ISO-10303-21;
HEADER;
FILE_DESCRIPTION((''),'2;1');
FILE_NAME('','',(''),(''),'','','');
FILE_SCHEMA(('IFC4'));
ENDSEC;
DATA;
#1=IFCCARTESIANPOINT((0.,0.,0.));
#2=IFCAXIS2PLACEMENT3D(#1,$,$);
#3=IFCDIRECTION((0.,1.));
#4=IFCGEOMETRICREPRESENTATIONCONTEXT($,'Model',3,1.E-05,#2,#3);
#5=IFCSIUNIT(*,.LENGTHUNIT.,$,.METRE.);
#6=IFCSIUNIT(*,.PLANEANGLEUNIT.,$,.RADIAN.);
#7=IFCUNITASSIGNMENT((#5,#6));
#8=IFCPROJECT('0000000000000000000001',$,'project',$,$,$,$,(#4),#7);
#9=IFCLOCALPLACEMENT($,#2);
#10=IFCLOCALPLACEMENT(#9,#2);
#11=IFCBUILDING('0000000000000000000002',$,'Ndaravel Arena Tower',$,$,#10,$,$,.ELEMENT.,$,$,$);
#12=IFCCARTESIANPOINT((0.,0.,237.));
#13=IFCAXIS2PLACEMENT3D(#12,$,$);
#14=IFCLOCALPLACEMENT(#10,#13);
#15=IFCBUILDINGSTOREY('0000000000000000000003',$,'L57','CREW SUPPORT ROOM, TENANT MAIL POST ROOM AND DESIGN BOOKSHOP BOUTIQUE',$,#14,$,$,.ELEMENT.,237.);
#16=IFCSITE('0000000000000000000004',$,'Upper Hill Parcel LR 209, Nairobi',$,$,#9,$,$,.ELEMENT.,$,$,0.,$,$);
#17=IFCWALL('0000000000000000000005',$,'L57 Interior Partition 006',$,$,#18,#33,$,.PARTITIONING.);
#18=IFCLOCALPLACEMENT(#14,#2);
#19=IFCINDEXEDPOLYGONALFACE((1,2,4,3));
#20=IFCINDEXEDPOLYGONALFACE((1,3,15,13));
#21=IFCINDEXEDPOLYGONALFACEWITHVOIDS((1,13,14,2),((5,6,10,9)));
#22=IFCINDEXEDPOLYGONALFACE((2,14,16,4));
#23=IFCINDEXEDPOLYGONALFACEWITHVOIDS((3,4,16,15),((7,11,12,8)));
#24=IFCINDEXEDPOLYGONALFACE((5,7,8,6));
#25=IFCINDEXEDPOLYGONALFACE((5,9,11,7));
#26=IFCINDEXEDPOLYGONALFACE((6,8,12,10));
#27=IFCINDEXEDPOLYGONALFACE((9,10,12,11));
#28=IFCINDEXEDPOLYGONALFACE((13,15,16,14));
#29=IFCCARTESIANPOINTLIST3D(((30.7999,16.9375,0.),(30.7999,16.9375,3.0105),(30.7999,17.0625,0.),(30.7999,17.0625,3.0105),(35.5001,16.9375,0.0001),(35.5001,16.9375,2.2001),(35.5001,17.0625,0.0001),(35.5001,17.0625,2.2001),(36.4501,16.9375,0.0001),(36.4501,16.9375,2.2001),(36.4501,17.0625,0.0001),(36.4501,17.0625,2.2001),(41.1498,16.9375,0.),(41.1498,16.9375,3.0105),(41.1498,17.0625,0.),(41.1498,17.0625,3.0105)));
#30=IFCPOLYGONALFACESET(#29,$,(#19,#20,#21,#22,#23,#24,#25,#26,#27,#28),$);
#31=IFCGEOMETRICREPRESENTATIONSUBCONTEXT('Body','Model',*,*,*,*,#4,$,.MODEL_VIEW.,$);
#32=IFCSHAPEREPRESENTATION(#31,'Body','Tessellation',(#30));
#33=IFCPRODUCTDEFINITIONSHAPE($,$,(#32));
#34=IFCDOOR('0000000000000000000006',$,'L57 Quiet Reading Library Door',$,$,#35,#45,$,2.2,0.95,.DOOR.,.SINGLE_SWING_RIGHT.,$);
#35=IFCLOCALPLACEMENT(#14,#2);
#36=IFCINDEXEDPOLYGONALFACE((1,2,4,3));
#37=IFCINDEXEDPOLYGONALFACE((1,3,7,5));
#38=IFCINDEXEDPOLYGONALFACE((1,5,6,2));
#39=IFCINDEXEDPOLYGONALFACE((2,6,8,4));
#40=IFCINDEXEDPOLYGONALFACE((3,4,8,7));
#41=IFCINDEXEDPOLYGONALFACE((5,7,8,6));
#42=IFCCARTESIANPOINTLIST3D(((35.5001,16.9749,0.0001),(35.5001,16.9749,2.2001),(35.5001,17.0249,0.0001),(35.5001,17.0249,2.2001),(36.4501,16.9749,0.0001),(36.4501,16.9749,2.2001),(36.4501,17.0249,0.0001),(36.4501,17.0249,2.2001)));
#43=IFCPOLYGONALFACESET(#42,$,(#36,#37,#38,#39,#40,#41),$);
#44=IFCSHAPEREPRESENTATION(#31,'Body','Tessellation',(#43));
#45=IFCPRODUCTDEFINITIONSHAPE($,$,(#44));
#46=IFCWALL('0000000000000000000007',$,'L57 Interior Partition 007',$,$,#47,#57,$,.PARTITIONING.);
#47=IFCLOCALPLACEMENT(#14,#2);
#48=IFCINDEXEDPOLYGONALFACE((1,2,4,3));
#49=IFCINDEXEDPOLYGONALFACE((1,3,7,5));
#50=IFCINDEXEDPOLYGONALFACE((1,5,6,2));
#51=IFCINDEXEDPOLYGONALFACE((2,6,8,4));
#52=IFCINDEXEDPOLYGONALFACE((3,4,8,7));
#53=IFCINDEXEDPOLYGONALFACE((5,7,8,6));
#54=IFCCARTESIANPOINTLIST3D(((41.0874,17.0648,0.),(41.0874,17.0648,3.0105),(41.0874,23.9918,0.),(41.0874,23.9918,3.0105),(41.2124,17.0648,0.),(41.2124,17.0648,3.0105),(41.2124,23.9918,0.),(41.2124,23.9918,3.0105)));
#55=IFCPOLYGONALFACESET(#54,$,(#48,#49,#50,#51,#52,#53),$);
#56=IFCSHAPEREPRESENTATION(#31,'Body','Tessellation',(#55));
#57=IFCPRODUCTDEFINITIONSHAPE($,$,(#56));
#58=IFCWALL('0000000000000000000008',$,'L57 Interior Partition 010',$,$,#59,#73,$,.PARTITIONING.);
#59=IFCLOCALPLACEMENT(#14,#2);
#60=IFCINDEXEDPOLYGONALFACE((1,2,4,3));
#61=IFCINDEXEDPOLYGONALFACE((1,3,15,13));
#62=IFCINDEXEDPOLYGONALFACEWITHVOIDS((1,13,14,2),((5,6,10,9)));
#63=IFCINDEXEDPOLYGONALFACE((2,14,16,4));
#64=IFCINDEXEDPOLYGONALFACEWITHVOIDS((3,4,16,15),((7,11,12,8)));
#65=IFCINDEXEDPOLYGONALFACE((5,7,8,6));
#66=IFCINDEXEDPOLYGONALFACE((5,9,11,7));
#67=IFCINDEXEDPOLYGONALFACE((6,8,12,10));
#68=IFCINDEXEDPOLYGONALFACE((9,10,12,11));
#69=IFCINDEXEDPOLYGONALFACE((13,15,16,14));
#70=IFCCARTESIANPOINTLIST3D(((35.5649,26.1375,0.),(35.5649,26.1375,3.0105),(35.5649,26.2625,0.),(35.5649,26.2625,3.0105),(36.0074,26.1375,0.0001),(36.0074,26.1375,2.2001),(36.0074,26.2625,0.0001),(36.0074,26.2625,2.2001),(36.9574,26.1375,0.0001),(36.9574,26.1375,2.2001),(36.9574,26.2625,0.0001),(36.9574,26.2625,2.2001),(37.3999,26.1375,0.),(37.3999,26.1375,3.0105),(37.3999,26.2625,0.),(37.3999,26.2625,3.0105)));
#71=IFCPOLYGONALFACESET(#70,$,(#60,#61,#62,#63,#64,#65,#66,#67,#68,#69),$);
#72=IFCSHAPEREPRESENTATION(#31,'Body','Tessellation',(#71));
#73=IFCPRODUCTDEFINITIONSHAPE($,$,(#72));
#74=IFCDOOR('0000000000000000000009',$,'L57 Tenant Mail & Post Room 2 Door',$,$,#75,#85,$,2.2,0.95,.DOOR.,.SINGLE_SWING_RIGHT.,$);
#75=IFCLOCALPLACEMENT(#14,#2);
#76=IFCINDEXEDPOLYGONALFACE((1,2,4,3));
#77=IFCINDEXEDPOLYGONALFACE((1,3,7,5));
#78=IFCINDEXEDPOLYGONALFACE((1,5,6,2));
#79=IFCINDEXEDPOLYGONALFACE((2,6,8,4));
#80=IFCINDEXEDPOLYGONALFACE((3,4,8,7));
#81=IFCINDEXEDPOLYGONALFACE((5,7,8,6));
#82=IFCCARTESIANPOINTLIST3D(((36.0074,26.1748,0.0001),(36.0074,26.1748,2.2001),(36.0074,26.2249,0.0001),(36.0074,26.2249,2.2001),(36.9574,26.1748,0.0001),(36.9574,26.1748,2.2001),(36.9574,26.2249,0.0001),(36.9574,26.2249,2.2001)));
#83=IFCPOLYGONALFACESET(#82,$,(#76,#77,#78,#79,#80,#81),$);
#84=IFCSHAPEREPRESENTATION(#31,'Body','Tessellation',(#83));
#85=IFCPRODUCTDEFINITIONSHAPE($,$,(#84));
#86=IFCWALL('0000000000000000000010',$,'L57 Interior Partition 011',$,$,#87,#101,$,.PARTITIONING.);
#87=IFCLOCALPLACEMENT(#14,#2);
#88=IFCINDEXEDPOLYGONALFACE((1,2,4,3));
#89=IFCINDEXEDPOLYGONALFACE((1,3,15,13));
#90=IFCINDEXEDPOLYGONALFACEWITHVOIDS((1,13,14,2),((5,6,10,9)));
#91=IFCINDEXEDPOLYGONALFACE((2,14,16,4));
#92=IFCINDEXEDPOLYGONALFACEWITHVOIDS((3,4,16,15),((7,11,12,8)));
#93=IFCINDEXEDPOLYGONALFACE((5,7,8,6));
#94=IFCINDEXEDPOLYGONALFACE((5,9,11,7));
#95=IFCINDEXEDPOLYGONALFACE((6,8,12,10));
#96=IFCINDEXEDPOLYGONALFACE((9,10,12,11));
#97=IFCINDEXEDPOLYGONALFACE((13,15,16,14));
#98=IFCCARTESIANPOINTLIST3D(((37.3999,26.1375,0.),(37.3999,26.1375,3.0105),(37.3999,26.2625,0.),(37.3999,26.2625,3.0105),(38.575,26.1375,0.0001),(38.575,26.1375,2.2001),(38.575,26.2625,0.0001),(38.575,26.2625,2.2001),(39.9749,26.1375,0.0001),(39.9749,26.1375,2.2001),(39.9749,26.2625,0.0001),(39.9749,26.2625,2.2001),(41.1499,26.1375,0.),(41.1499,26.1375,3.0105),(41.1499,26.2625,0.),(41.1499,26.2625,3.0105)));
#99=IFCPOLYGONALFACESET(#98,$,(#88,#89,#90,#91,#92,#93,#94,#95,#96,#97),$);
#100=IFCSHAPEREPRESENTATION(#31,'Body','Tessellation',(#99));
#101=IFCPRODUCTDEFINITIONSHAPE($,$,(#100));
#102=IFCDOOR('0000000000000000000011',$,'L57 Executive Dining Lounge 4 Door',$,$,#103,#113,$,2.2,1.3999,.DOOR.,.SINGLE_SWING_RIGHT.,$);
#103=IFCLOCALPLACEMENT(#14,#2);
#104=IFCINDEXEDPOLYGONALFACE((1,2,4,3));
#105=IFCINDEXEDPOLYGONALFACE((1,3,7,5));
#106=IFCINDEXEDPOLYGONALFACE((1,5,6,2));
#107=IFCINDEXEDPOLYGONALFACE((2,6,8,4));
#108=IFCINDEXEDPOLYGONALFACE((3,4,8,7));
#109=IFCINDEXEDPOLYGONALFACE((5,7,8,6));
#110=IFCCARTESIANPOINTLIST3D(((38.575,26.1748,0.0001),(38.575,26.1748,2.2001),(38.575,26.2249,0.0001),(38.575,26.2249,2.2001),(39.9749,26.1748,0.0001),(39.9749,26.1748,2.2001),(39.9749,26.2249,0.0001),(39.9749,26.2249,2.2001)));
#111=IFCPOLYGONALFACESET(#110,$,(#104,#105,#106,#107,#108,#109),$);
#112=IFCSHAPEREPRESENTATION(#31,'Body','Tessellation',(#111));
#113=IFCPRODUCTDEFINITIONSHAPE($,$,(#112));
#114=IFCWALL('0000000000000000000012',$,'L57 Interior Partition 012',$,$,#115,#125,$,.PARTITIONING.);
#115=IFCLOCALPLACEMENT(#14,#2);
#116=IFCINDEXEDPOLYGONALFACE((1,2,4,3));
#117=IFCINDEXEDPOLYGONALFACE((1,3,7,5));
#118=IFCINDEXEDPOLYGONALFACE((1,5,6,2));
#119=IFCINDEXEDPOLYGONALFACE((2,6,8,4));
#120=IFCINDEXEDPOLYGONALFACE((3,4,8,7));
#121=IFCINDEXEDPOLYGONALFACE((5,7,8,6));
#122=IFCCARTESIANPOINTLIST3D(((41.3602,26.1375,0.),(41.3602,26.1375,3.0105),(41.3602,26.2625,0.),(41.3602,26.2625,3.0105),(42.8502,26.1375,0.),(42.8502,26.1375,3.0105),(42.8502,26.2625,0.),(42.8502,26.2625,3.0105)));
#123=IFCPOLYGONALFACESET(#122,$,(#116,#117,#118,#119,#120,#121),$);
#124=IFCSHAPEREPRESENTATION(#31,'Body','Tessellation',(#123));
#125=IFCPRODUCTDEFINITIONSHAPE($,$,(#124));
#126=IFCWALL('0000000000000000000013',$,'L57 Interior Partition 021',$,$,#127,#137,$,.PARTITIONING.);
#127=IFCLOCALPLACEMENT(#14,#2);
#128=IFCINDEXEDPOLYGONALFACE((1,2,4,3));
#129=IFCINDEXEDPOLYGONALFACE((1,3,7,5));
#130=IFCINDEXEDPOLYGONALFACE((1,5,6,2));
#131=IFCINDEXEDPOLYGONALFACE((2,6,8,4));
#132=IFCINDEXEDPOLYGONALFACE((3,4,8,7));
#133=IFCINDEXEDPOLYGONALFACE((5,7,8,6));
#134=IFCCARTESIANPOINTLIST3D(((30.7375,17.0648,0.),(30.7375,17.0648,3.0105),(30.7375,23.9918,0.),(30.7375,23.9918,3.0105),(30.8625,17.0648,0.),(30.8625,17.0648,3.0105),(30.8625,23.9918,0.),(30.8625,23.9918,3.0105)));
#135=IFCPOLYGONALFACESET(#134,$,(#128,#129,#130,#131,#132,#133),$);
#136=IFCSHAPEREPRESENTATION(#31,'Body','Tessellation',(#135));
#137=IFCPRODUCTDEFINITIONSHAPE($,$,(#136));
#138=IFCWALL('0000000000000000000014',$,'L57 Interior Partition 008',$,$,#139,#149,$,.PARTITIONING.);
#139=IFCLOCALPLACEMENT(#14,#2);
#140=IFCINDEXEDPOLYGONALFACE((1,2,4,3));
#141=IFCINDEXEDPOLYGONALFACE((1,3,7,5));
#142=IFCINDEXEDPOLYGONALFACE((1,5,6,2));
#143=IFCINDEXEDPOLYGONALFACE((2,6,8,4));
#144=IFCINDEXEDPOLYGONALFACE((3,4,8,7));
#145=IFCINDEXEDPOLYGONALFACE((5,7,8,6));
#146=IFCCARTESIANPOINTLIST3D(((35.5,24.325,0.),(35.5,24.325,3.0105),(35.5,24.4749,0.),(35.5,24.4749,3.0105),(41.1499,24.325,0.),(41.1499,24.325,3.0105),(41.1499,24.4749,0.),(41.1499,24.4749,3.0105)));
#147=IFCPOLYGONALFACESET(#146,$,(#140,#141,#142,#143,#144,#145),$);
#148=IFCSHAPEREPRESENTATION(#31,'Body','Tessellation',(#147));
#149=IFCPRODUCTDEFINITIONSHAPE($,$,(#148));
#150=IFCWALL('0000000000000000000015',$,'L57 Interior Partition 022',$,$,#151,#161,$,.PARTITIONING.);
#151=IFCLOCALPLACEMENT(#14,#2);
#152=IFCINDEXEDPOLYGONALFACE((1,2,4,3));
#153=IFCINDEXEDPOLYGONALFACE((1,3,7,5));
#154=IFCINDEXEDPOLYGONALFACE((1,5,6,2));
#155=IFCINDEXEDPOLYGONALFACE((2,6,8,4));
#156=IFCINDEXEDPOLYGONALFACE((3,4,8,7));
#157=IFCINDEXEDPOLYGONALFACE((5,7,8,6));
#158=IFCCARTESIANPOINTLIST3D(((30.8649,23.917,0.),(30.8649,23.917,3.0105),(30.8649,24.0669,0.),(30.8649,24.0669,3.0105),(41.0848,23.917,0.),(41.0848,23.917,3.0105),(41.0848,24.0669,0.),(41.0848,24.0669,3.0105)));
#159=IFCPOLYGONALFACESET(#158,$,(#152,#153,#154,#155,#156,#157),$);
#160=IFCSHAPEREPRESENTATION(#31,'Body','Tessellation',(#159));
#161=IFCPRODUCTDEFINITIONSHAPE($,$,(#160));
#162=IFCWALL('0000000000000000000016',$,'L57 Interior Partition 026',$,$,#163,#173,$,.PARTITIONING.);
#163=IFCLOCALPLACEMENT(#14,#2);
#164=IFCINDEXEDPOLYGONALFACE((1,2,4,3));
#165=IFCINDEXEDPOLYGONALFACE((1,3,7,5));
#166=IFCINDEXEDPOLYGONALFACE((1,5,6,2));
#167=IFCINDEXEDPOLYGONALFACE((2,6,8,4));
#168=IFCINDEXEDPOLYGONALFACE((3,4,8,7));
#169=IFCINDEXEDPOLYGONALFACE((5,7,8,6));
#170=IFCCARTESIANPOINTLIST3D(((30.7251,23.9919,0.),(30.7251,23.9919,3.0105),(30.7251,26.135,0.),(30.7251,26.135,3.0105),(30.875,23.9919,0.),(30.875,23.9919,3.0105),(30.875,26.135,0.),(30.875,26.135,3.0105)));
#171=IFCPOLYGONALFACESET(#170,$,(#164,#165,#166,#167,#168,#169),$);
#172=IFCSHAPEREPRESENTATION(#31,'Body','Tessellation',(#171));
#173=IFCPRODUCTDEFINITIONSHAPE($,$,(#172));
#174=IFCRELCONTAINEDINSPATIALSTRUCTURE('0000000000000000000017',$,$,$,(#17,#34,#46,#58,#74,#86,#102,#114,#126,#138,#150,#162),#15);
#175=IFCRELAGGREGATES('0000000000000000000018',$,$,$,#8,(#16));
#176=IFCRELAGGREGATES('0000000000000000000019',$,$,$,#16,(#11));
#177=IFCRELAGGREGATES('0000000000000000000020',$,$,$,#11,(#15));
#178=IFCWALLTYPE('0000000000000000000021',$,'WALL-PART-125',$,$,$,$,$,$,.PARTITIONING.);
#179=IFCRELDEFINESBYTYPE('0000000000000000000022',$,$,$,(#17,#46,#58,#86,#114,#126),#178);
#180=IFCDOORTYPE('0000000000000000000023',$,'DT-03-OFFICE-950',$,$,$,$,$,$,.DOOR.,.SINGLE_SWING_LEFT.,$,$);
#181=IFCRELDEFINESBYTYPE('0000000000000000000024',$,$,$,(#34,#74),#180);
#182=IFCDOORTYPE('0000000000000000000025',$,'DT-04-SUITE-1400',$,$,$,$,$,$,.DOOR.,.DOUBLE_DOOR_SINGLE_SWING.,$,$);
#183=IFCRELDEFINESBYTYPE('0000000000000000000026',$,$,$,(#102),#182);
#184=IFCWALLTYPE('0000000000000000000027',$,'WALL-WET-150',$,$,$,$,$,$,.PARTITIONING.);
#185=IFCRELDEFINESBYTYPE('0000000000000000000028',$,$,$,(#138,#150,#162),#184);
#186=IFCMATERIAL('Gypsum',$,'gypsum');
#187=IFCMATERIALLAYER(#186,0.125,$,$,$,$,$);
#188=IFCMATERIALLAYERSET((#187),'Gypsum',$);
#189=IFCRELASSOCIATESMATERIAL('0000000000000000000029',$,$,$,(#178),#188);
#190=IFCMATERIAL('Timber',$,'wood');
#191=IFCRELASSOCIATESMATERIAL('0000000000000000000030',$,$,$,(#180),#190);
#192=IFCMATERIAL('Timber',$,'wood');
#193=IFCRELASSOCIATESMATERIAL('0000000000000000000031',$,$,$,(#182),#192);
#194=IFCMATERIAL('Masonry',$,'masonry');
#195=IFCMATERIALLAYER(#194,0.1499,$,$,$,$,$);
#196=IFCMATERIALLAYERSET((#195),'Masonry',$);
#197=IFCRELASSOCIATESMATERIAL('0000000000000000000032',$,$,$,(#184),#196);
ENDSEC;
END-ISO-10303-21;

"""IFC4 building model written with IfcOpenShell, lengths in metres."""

from ifc_helpers import new_model, si_unit, direction, frame, frame_2d, origin, place, context, subcontext, project, spatial, rectangle, extrude, material, layer, layer_set, type_object, element, fill, save


model = new_model("IFC4")

# Units and contexts
model_context = context("Model", 3, precision=1e-05, world=origin(), true_north=direction((0.0, 1.0)))
body_context = subcontext(model_context, "Body", "Model", "MODEL_VIEW")
ifc_project = project(units=[si_unit("LENGTHUNIT", "METRE"), si_unit("PLANEANGLEUNIT", "RADIAN")], contexts=[model_context])

# Site, building, storey
site_placement = place(None, origin())
site = spatial("IfcSite", under=ifc_project, at=site_placement, Name="Upper Hill Parcel LR 209, Nairobi", CompositionType="ELEMENT", RefElevation=0.0)
building_placement = place(site_placement, origin())
building = spatial("IfcBuilding", under=site, at=building_placement, Name="Ndaravel Arena Tower", CompositionType="ELEMENT")
storey_placement = place(building_placement, frame((0.0, 0.0, 237.0)))
storey = spatial("IfcBuildingStorey", under=building, at=storey_placement, Name="L57", Description="CREW SUPPORT ROOM, TENANT MAIL POST ROOM AND DESIGN BOOKSHOP BOUTIQUE", CompositionType="ELEMENT", Elevation=237.0)

# Wall, opening, door
ifc_material_1 = material(Name="Gypsum", Category="gypsum")
ifc_layer_1 = layer(ifc_material_1, 0.125)
ifc_layer_set_1 = layer_set([ifc_layer_1], Name="Gypsum")
wall_type_1 = type_object("IfcWallType", Name="WALL-PART-125", PredefinedType="PARTITIONING", material=ifc_layer_set_1)
wall_1_placement = place(storey_placement, frame((30.8, 17.0, 0.0), z_axis=(0.0, 0.0, 1.0), x_axis=(1.0, 0.0, 0.0)))
wall_1 = element("IfcWall", 1, at=wall_1_placement, inside=storey, type_object=wall_type_1, Name="L57 Interior Partition 006", PredefinedType="PARTITIONING", context=body_context, shape_type="SweptSolid", body=[
    extrude(rectangle(XDim=10.3499, YDim=0.125, at=frame_2d((5.1748, 0.0))), origin(), (0.0, 0.0, 1.0), 3.0105),
])
opening_1_placement = place(wall_1_placement, frame((4.7, 0.0, 0.0)))
opening_1 = element("IfcOpeningElement", 2, at=opening_1_placement, cuts=wall_1, PredefinedType="OPENING", context=body_context, shape_type="SweptSolid", body=[
    extrude(rectangle(XDim=0.95, YDim=2.2, at=frame_2d((0.4751, 1.1001))), frame((0.0, 0.0625, 0.0), z_axis=(0.0, -1.0, 0.0), x_axis=(1.0, 0.0, 0.0)), (0.0, 0.0, 1.0), 0.125),
])
ifc_material_2 = material(Name="Timber", Category="wood")
door_type_1 = type_object("IfcDoorType", Name="DT-03-OFFICE-950", OperationType="SINGLE_SWING_LEFT", PredefinedType="DOOR", material=ifc_material_2)
door_1_placement = place(opening_1_placement, origin())
door_1 = element("IfcDoor", 3, at=door_1_placement, inside=storey, type_object=door_type_1, Name="L57 Quiet Reading Library Door", OperationType="SINGLE_SWING_RIGHT", OverallHeight=2.2, OverallWidth=0.95, PredefinedType="DOOR", context=body_context, shape_type="SweptSolid", body=[
    extrude(rectangle(XDim=0.95, YDim=2.2, at=frame_2d((0.4751, 1.1001))), frame((0.0, 0.0249, 0.0), z_axis=(0.0, -1.0, 0.0), x_axis=(1.0, 0.0, 0.0)), (0.0, 0.0, 1.0), 0.05),
])
fill(opening_1, door_1)

# Wall
wall_2_placement = place(storey_placement, frame((41.1499, 17.0649, 0.0), z_axis=(0.0, 0.0, 1.0), x_axis=(0.0, 1.0, 0.0)))
element("IfcWall", 4, at=wall_2_placement, inside=storey, type_object=wall_type_1, Name="L57 Interior Partition 007", PredefinedType="PARTITIONING", context=body_context, shape_type="SweptSolid", body=[
    extrude(rectangle(XDim=6.927, YDim=0.125, at=frame_2d((3.4634, 0.0))), origin(), (0.0, 0.0, 1.0), 3.0105),
])

# Walls, openings, doors
wall_3_placement = place(storey_placement, frame((35.5649, 26.2, 0.0), z_axis=(0.0, 0.0, 1.0), x_axis=(1.0, 0.0, 0.0)))
wall_3 = element("IfcWall", 5, at=wall_3_placement, inside=storey, type_object=wall_type_1, Name="L57 Interior Partition 010", PredefinedType="PARTITIONING", context=body_context, shape_type="SweptSolid", body=[
    extrude(rectangle(XDim=1.835, YDim=0.125, at=frame_2d((0.9175, 0.0))), origin(), (0.0, 0.0, 1.0), 3.0105),
])
opening_2_placement = place(wall_3_placement, frame((0.4424, 0.0, 0.0)))
opening_2 = element("IfcOpeningElement", 6, at=opening_2_placement, cuts=wall_3, PredefinedType="OPENING", context=body_context, shape_type="SweptSolid", body=[
    extrude(rectangle(XDim=0.95, YDim=2.2, at=frame_2d((0.4751, 1.1001))), frame((0.0, 0.0625, 0.0), z_axis=(0.0, -1.0, 0.0), x_axis=(1.0, 0.0, 0.0)), (0.0, 0.0, 1.0), 0.125),
])
door_2_placement = place(opening_2_placement, origin())
door_2 = element("IfcDoor", 7, at=door_2_placement, inside=storey, type_object=door_type_1, Name="L57 Tenant Mail & Post Room 2 Door", OperationType="SINGLE_SWING_RIGHT", OverallHeight=2.2, OverallWidth=0.95, PredefinedType="DOOR", context=body_context, shape_type="SweptSolid", body=[
    extrude(rectangle(XDim=0.95, YDim=2.2, at=frame_2d((0.4751, 1.1001))), frame((0.0, 0.0249, 0.0), z_axis=(0.0, -1.0, 0.0), x_axis=(1.0, 0.0, 0.0)), (0.0, 0.0, 1.0), 0.05),
])
fill(opening_2, door_2)
wall_4_placement = place(storey_placement, frame((37.3999, 26.2, 0.0), z_axis=(0.0, 0.0, 1.0), x_axis=(1.0, 0.0, 0.0)))
wall_4 = element("IfcWall", 8, at=wall_4_placement, inside=storey, type_object=wall_type_1, Name="L57 Interior Partition 011", PredefinedType="PARTITIONING", context=body_context, shape_type="SweptSolid", body=[
    extrude(rectangle(XDim=3.75, YDim=0.125, at=frame_2d((1.875, 0.0))), origin(), (0.0, 0.0, 1.0), 3.0105),
])
opening_3_placement = place(wall_4_placement, frame((1.175, 0.0, 0.0)))
opening_3 = element("IfcOpeningElement", 9, at=opening_3_placement, cuts=wall_4, PredefinedType="OPENING", context=body_context, shape_type="SweptSolid", body=[
    extrude(rectangle(XDim=1.3999, YDim=2.2, at=frame_2d((0.7, 1.1001))), frame((0.0, 0.0625, 0.0), z_axis=(0.0, -1.0, 0.0), x_axis=(1.0, 0.0, 0.0)), (0.0, 0.0, 1.0), 0.125),
])
ifc_material_3 = material(Name="Timber", Category="wood")
door_type_2 = type_object("IfcDoorType", Name="DT-04-SUITE-1400", OperationType="DOUBLE_DOOR_SINGLE_SWING", PredefinedType="DOOR", material=ifc_material_3)
door_3_placement = place(opening_3_placement, origin())
door_3 = element("IfcDoor", 10, at=door_3_placement, inside=storey, type_object=door_type_2, Name="L57 Executive Dining Lounge 4 Door", OperationType="SINGLE_SWING_RIGHT", OverallHeight=2.2, OverallWidth=1.3999, PredefinedType="DOOR", context=body_context, shape_type="SweptSolid", body=[
    extrude(rectangle(XDim=1.3999, YDim=2.2, at=frame_2d((0.7, 1.1001))), frame((0.0, 0.0249, 0.0), z_axis=(0.0, -1.0, 0.0), x_axis=(1.0, 0.0, 0.0)), (0.0, 0.0, 1.0), 0.05),
])
fill(opening_3, door_3)

# Walls
wall_5_placement = place(storey_placement, frame((41.3601, 26.2, 0.0), z_axis=(0.0, 0.0, 1.0), x_axis=(1.0, 0.0, 0.0)))
element("IfcWall", 11, at=wall_5_placement, inside=storey, type_object=wall_type_1, Name="L57 Interior Partition 012", PredefinedType="PARTITIONING", context=body_context, shape_type="SweptSolid", body=[
    extrude(rectangle(XDim=1.49, YDim=0.125, at=frame_2d((0.7451, 0.0))), origin(), (0.0, 0.0, 1.0), 3.0105),
])
wall_6_placement = place(storey_placement, frame((30.8, 17.0649, 0.0), z_axis=(0.0, 0.0, 1.0), x_axis=(0.0, 1.0, 0.0)))
element("IfcWall", 12, at=wall_6_placement, inside=storey, type_object=wall_type_1, Name="L57 Interior Partition 021", PredefinedType="PARTITIONING", context=body_context, shape_type="SweptSolid", body=[
    extrude(rectangle(XDim=6.927, YDim=0.125, at=frame_2d((3.4634, 0.0))), origin(), (0.0, 0.0, 1.0), 3.0105),
])
ifc_material_4 = material(Name="Masonry", Category="masonry")
ifc_layer_2 = layer(ifc_material_4, 0.1499)
ifc_layer_set_2 = layer_set([ifc_layer_2], Name="Masonry")
wall_type_2 = type_object("IfcWallType", Name="WALL-WET-150", PredefinedType="PARTITIONING", material=ifc_layer_set_2)
wall_7_placement = place(storey_placement, frame((41.1499, 24.3999, 0.0), z_axis=(0.0, 0.0, 1.0), x_axis=(-1.0, 0.0, 0.0)))
element("IfcWall", 13, at=wall_7_placement, inside=storey, type_object=wall_type_2, Name="L57 Interior Partition 008", PredefinedType="PARTITIONING", context=body_context, shape_type="SweptSolid", body=[
    extrude(rectangle(XDim=5.6499, YDim=0.1499, at=frame_2d((2.825, 0.0))), origin(), (0.0, 0.0, 1.0), 3.0105),
])

# Walls
wall_8_placement = place(storey_placement, frame((30.865, 23.9919, 0.0), z_axis=(0.0, 0.0, 1.0), x_axis=(1.0, 0.0, 0.0)))
element("IfcWall", 14, at=wall_8_placement, inside=storey, type_object=wall_type_2, Name="L57 Interior Partition 022", PredefinedType="PARTITIONING", context=body_context, shape_type="SweptSolid", body=[
    extrude(rectangle(XDim=10.22, YDim=0.1499, at=frame_2d((5.1099, 0.0))), origin(), (0.0, 0.0, 1.0), 3.0105),
])
wall_9_placement = place(storey_placement, frame((30.8, 26.135, 0.0), z_axis=(0.0, 0.0, 1.0), x_axis=(0.0, -1.0, 0.0)))
element("IfcWall", 15, at=wall_9_placement, inside=storey, type_object=wall_type_2, Name="L57 Interior Partition 026", PredefinedType="PARTITIONING", context=body_context, shape_type="SweptSolid", body=[
    extrude(rectangle(XDim=2.1431, YDim=0.1499, at=frame_2d((1.0715, 0.0))), origin(), (0.0, 0.0, 1.0), 3.0105),
])

save(model, "model.ifc")
